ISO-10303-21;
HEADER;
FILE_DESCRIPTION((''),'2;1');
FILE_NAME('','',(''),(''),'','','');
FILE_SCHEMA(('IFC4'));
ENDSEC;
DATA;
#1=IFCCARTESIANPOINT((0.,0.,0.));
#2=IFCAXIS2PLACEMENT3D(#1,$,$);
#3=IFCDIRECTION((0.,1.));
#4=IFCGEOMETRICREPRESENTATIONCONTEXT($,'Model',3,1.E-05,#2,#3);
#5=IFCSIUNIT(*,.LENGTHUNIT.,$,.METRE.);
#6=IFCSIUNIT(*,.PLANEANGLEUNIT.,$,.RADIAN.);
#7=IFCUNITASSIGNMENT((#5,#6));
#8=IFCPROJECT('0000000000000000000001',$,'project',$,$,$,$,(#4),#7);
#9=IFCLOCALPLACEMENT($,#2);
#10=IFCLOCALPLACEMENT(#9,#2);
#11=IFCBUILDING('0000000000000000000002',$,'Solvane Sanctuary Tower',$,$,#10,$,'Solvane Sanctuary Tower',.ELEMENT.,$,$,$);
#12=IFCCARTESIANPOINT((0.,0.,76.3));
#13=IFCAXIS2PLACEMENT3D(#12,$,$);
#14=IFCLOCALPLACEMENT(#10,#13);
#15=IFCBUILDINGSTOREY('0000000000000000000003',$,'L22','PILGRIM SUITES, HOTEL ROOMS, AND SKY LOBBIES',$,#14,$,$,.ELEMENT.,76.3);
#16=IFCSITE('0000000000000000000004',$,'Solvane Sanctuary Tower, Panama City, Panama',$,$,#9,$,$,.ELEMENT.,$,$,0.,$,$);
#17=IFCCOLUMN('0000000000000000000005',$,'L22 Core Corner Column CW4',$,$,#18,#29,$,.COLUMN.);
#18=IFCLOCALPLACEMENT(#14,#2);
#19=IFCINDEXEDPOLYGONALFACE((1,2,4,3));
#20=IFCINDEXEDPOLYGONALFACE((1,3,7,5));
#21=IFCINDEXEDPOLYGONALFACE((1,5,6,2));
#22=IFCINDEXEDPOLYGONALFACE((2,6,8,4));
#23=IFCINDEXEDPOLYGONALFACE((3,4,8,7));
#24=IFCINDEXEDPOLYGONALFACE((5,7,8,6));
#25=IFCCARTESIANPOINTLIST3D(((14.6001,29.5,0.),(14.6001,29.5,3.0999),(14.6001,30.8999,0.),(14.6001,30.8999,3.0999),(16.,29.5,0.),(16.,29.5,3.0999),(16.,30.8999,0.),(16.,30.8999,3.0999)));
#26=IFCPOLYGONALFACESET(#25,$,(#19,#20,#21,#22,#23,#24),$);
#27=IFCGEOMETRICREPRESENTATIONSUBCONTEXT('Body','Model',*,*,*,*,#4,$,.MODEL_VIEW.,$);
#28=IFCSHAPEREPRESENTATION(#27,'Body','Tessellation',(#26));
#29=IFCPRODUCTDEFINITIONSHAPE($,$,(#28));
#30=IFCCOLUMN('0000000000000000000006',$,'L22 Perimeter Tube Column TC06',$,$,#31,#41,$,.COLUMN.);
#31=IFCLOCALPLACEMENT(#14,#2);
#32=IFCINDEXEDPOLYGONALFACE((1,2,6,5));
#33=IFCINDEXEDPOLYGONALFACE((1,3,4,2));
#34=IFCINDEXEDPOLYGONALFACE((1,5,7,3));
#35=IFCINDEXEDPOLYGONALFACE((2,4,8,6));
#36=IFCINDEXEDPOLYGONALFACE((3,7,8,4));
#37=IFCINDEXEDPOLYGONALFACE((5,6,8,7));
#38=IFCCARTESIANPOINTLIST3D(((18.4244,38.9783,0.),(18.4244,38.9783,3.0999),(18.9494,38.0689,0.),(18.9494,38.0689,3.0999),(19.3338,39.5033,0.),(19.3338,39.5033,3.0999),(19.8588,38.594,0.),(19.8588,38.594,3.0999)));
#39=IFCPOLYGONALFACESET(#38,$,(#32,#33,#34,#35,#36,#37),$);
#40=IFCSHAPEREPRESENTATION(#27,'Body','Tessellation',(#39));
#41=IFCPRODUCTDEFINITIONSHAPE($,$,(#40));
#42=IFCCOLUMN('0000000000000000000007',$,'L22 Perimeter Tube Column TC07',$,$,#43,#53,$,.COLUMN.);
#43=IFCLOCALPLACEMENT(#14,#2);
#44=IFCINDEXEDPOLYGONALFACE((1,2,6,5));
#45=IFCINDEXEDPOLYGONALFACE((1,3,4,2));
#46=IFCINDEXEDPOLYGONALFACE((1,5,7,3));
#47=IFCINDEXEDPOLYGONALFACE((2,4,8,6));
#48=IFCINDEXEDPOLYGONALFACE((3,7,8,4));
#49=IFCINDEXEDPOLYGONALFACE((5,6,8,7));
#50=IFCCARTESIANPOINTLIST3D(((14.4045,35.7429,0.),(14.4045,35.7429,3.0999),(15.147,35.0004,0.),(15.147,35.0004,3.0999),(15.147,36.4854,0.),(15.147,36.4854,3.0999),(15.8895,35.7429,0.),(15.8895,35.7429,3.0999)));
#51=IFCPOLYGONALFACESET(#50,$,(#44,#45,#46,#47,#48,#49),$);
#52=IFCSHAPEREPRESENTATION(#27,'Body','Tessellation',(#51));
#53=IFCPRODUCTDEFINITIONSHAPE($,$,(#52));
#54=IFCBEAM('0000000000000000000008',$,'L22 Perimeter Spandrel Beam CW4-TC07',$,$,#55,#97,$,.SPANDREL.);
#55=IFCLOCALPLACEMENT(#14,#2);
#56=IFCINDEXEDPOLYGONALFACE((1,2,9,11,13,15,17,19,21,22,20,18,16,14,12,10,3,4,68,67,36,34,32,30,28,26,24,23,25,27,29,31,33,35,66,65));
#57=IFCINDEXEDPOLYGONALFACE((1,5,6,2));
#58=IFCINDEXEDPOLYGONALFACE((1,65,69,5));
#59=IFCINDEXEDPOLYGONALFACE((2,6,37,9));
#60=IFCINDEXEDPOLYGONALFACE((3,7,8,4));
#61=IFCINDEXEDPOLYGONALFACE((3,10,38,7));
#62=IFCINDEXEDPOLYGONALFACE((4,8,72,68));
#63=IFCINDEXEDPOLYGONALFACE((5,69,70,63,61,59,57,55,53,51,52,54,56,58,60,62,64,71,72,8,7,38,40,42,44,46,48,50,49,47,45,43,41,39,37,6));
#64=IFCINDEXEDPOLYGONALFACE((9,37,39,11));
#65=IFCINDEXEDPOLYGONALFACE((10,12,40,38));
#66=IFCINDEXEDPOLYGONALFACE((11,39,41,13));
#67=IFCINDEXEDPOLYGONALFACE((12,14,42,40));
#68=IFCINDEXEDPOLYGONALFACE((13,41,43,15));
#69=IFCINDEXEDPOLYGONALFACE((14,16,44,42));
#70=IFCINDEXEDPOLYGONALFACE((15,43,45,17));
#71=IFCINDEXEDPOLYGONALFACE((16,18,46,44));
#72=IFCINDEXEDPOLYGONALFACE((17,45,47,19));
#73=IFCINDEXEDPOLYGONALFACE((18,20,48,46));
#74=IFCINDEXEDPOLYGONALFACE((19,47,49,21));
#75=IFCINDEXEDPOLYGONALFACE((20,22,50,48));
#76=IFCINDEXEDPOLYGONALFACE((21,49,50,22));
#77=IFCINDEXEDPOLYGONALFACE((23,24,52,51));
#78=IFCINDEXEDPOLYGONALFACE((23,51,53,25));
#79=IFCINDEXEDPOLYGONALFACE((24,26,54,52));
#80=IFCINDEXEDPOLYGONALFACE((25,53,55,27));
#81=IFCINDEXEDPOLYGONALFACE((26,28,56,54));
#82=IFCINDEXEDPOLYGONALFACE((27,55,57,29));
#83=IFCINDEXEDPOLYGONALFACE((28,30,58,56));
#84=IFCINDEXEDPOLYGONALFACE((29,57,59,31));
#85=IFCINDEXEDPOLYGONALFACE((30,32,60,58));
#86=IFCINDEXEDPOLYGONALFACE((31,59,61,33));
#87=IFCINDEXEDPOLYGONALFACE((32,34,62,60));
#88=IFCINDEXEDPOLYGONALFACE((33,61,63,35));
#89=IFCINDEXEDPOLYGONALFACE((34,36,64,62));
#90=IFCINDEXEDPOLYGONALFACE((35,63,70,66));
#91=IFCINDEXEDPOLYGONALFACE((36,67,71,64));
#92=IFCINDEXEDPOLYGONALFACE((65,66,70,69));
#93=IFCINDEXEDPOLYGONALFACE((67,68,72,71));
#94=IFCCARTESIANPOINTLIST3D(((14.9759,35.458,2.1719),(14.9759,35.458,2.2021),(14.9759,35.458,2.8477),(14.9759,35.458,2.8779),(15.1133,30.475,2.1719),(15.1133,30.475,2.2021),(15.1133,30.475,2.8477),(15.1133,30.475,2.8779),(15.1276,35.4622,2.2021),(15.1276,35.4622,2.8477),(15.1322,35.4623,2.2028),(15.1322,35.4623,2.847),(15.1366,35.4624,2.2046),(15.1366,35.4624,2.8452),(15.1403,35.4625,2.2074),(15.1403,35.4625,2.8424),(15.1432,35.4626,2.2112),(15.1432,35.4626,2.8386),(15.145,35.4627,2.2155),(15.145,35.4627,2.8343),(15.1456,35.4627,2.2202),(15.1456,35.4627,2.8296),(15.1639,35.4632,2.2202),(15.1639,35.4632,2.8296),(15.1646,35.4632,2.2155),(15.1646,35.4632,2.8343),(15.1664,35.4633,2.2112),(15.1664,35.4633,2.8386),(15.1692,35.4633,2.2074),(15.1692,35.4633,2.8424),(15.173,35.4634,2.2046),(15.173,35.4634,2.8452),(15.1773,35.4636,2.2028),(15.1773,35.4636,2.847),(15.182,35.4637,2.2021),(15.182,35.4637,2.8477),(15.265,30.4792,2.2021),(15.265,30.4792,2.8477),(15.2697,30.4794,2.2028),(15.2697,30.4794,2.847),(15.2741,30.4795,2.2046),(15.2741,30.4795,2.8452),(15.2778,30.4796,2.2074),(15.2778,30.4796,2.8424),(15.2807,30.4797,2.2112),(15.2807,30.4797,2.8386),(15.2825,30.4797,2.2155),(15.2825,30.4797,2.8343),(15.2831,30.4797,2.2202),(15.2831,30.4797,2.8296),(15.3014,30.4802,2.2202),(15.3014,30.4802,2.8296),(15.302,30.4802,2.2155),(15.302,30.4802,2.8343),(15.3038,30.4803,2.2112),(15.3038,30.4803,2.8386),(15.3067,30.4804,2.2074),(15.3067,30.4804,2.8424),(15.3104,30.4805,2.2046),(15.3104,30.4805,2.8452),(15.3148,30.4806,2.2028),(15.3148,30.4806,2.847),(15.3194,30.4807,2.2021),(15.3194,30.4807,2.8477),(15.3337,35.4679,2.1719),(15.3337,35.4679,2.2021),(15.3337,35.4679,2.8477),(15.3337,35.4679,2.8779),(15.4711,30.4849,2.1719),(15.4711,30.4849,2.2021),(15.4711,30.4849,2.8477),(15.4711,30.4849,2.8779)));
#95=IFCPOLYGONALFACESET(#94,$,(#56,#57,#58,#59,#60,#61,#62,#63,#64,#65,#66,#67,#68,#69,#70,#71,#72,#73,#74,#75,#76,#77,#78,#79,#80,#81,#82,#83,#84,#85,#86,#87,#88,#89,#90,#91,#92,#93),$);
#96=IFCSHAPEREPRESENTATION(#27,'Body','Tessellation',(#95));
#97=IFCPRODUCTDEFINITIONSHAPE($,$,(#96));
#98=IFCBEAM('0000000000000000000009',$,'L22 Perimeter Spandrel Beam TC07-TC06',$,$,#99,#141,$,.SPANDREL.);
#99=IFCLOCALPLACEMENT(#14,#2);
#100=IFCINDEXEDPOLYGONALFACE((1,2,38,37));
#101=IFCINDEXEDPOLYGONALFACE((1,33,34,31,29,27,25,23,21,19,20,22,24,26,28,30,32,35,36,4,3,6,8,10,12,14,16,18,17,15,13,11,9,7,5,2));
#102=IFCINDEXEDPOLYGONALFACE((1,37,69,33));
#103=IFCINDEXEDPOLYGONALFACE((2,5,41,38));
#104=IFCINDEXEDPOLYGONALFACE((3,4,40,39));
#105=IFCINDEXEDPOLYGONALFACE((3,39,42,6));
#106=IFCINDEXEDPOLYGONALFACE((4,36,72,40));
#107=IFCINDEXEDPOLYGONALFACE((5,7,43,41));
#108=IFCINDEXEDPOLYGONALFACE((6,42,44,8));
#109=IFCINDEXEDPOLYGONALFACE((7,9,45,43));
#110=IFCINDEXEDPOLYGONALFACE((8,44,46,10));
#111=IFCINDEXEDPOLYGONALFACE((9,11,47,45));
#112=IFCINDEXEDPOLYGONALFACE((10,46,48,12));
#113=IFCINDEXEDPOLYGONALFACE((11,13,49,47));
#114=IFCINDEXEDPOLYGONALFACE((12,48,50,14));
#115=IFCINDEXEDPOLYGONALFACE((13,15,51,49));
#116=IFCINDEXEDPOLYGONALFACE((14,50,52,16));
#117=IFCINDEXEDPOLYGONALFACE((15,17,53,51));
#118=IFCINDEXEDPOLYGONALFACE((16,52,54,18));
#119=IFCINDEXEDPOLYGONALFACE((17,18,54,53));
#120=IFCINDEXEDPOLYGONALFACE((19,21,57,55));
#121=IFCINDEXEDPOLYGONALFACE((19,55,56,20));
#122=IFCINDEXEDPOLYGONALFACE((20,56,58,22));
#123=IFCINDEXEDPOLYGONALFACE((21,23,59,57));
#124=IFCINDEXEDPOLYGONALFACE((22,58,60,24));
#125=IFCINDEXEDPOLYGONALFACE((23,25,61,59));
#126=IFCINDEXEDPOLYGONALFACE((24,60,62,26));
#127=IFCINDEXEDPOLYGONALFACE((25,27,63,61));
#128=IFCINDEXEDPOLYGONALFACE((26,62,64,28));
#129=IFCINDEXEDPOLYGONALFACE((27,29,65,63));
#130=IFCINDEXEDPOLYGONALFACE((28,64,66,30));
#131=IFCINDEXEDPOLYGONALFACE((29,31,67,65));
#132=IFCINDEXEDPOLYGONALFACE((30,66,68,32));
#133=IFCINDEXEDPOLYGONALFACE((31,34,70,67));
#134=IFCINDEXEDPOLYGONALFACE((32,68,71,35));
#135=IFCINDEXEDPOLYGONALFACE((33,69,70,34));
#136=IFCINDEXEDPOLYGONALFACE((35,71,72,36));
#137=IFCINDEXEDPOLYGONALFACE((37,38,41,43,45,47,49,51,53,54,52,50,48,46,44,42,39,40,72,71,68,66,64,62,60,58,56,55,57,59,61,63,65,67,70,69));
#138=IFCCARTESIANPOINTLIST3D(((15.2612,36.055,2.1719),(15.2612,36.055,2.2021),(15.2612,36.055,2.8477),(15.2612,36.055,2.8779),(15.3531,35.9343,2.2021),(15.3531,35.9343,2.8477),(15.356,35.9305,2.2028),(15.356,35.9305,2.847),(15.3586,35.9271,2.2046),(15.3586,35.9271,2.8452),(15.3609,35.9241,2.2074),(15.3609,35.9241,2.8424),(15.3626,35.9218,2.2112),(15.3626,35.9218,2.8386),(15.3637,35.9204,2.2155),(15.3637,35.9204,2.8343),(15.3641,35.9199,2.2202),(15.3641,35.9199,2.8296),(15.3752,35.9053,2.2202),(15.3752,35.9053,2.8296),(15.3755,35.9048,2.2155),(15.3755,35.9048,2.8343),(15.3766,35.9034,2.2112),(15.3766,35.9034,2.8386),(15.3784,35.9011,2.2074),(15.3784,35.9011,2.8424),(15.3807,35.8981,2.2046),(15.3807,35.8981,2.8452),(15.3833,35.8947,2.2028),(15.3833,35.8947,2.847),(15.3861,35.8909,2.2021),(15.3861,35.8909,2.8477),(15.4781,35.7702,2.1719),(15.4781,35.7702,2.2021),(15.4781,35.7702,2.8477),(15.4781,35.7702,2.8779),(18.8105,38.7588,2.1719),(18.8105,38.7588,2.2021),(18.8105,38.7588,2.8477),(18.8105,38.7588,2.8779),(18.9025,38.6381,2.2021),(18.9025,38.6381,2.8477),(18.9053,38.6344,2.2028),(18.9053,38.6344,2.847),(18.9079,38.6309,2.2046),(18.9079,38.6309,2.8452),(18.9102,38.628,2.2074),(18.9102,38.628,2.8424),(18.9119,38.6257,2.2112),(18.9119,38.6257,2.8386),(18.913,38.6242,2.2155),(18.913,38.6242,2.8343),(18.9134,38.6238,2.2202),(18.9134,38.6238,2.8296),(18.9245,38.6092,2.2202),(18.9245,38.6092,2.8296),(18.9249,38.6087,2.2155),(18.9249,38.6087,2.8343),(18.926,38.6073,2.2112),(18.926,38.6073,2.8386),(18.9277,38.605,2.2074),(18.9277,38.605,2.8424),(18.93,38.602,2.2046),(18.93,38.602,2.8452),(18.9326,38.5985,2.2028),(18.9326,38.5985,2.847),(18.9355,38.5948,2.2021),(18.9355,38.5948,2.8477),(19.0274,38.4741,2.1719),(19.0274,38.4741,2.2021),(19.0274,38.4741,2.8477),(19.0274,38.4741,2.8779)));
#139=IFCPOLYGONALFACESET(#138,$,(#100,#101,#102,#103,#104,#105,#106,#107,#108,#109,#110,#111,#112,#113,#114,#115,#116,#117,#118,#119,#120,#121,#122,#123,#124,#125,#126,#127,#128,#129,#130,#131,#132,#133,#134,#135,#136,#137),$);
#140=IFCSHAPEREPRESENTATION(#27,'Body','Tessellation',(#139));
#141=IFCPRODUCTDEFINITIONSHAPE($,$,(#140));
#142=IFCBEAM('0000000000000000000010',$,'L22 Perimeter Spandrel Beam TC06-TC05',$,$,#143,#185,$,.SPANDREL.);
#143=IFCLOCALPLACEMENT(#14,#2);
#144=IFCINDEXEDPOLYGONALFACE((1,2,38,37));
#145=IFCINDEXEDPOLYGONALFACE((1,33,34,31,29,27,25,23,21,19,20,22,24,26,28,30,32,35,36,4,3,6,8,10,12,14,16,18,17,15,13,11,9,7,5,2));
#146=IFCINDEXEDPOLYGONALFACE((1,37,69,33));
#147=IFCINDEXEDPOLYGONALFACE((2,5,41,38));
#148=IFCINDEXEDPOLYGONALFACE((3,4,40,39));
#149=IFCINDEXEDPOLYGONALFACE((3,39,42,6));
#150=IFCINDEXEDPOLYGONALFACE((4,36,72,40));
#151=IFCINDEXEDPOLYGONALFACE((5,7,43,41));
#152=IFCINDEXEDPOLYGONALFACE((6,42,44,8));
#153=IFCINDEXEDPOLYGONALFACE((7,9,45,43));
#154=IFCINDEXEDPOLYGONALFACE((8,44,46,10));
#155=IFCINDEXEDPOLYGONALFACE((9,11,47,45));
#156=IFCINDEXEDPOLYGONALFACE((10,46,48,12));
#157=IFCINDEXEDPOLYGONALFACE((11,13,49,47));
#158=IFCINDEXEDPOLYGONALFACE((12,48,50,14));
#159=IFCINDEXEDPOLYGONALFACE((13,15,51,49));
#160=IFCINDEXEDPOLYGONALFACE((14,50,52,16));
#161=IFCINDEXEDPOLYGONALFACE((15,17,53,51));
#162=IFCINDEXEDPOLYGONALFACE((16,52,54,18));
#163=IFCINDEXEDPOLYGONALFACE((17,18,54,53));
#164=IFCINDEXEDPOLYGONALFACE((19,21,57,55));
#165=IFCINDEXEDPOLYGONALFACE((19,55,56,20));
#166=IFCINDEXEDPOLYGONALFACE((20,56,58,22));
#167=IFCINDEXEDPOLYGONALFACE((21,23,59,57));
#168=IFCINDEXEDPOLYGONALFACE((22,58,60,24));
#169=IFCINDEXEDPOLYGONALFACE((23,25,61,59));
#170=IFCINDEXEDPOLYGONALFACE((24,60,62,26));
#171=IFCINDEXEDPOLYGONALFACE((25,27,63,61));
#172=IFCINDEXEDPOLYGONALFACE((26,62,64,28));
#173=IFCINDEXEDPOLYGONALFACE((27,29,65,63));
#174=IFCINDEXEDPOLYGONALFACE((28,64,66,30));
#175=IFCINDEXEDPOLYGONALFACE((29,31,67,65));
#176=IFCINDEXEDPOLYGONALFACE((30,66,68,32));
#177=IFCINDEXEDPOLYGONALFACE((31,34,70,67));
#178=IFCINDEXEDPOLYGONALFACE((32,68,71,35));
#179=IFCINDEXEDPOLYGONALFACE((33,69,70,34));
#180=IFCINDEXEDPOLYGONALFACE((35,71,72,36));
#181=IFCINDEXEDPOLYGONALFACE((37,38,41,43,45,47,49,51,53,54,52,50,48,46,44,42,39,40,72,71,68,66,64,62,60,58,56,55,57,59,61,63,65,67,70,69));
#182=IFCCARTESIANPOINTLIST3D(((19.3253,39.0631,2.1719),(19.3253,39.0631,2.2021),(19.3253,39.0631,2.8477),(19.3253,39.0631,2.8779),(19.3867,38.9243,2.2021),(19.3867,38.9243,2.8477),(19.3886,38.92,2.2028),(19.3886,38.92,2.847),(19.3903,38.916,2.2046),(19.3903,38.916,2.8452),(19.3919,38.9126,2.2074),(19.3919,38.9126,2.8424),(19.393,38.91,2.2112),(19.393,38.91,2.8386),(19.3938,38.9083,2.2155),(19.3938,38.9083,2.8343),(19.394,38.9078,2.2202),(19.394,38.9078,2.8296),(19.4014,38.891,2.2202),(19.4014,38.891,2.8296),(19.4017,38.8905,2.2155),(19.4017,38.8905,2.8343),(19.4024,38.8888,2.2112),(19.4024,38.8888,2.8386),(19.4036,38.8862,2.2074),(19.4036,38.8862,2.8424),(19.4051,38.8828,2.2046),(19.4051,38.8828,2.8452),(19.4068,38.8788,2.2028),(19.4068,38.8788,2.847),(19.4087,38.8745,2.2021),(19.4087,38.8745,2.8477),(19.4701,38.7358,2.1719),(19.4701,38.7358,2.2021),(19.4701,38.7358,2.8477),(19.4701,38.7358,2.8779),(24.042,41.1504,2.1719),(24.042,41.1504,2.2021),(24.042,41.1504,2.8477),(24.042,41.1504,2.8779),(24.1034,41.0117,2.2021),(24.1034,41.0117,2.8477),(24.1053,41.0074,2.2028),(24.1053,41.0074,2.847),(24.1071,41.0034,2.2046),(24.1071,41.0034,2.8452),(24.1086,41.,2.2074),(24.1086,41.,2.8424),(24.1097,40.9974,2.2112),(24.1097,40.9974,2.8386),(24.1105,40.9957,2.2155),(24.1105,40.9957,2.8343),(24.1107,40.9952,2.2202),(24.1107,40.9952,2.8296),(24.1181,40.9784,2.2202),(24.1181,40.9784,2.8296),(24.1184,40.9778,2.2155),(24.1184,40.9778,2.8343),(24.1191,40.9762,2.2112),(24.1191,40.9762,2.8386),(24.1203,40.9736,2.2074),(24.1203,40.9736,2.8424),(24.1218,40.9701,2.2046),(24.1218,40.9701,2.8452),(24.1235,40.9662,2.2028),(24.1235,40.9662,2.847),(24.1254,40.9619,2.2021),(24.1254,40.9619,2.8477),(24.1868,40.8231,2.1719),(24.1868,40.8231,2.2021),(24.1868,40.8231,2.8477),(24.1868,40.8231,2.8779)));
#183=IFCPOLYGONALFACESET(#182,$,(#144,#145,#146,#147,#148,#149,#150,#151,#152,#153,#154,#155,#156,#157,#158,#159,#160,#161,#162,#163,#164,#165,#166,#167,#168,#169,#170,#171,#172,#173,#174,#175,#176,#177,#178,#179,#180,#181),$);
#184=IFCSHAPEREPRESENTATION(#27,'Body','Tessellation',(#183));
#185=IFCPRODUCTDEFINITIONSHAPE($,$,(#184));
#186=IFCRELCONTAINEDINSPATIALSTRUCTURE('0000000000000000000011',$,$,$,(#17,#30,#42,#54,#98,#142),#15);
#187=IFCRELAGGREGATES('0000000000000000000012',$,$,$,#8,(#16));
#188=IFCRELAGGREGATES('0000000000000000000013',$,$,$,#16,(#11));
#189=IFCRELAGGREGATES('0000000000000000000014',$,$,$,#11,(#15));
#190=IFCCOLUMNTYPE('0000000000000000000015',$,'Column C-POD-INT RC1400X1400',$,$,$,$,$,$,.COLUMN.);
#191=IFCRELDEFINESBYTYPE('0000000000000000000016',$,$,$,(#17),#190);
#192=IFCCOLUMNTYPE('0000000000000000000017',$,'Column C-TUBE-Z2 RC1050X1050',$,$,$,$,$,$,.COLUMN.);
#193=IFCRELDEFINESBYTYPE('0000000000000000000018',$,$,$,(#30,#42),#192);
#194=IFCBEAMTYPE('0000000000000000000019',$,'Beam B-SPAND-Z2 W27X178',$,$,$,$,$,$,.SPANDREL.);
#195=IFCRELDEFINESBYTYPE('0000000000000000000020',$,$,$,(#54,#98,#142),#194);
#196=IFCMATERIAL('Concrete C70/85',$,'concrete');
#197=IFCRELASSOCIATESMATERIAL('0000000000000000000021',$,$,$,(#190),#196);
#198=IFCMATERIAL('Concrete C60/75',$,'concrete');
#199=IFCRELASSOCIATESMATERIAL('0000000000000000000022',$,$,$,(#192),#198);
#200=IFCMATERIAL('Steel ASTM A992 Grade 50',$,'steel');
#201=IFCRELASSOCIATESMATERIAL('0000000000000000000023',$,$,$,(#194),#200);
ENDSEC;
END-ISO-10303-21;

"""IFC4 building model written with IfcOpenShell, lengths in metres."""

from ifc_helpers import new_model, si_unit, direction, frame, origin, origin_2d, place, context, subcontext, project, spatial, rectangle, i_section, extrude, material, material_profile, profile_set, type_object, element, save


model = new_model("IFC4")

# Units and contexts
model_context = context("Model", 3, precision=1e-05, world=origin(), true_north=direction((0.0, 1.0)))
body_context = subcontext(model_context, "Body", "Model", "MODEL_VIEW")
ifc_project = project(units=[si_unit("LENGTHUNIT", "METRE"), si_unit("PLANEANGLEUNIT", "RADIAN")], contexts=[model_context])

# Site, building, storey
site_placement = place(None, origin())
site = spatial("IfcSite", under=ifc_project, at=site_placement, Name="Solvane Sanctuary Tower, Panama City, Panama", CompositionType="ELEMENT", RefElevation=0.0)
building_placement = place(site_placement, origin())
building = spatial("IfcBuilding", under=site, at=building_placement, Name="Solvane Sanctuary Tower", LongName="Solvane Sanctuary Tower", CompositionType="ELEMENT")
storey_placement = place(building_placement, frame((0.0, 0.0, 76.3)))
storey = spatial("IfcBuildingStorey", under=building, at=storey_placement, Name="L22", Description="PILGRIM SUITES, HOTEL ROOMS, AND SKY LOBBIES", CompositionType="ELEMENT", Elevation=76.3)

# Columns
ifc_material_1 = material(Name="Concrete C70/85", Category="concrete")
ifc_material_profile_1 = material_profile(ifc_material_1, rectangle(XDim=1.3999, YDim=1.3999, at=origin_2d()), Name="RC1400X1400")
ifc_profile_set_1 = profile_set([ifc_material_profile_1], Name="Concrete C70/85")
column_type_1 = type_object("IfcColumnType", Name="Column C-POD-INT RC1400X1400", PredefinedType="COLUMN", material=ifc_profile_set_1)
column_placement = place(storey_placement, frame((15.3, 30.2, 0.0), z_axis=(0.0, 0.0, 1.0), x_axis=(1.0, 0.0, 0.0)))
element("IfcColumn", 1, at=column_placement, inside=storey, type_object=column_type_1, Name="L22 Core Corner Column CW4", PredefinedType="COLUMN", context=body_context, shape_type="SweptSolid", body=[
    extrude(rectangle(XDim=1.3999, YDim=1.3999, at=origin_2d()), origin(), (0.0, 0.0, 1.0), 3.0999),
])
ifc_material_2 = material(Name="Concrete C60/75", Category="concrete")
ifc_material_profile_2 = material_profile(ifc_material_2, rectangle(XDim=1.05, YDim=1.05, at=origin_2d()), Name="RC1050X1050")
ifc_profile_set_2 = profile_set([ifc_material_profile_2], Name="Concrete C60/75")
column_type_2 = type_object("IfcColumnType", Name="Column C-TUBE-Z2 RC1050X1050", PredefinedType="COLUMN", material=ifc_profile_set_2)
for number, where, z_axis, x_axis, name in (
    (2, (19.1416, 38.7861, 0.0), (0.0, 0.0, 1.0), (-0.5, 0.866025, 0.0), "L22 Perimeter Tube Column TC06"),
    (3, (15.147, 35.7429, 0.0), (0.0, 0.0, 1.0), (-0.707107, 0.707107, 0.0), "L22 Perimeter Tube Column TC07"),
):
    element("IfcColumn", number, at=place(storey_placement, frame(where, z_axis=z_axis, x_axis=x_axis)), inside=storey, type_object=column_type_2, Name=name, PredefinedType="COLUMN", context=body_context, shape_type="SweptSolid", body=[
        extrude(rectangle(XDim=1.05, YDim=1.05, at=origin_2d()), origin(), (0.0, 0.0, 1.0), 3.0999),
    ])

# Beams
ifc_material_3 = material(Name="Steel ASTM A992 Grade 50", Category="steel")
ifc_material_profile_3 = material_profile(ifc_material_3, i_section(OverallWidth=0.3579, OverallDepth=0.7061, WebThickness=0.0183, FlangeThickness=0.0303, FilletRadius=0.0181, at=origin_2d()), Name="W27X178")
ifc_profile_set_3 = profile_set([ifc_material_profile_3], Name="Steel ASTM A992 Grade 50")
beam_type = type_object("IfcBeamType", Name="Beam B-SPAND-Z2 W27X178", PredefinedType="SPANDREL", material=ifc_profile_set_3)
beam_1_placement = place(storey_placement, frame((15.2922, 30.48, 2.5249), z_axis=(-0.027574, 0.99962, 0.0), x_axis=(-0.99962, -0.027574, 0.0)))
element("IfcBeam", 4, at=beam_1_placement, inside=storey, type_object=beam_type, Name="L22 Perimeter Spandrel Beam CW4-TC07", PredefinedType="SPANDREL", context=body_context, shape_type="SweptSolid", body=[
    extrude(i_section(OverallWidth=0.3579, OverallDepth=0.7061, WebThickness=0.0183, FlangeThickness=0.0303, FilletRadius=0.0181, at=origin_2d()), origin(), (0.0, 0.0, 1.0), 4.9849),
])
beam_2_placement = place(storey_placement, frame((15.3696, 35.9126, 2.5249), z_axis=(0.795473, 0.605989, 0.0), x_axis=(-0.605989, 0.795473, 0.0)))
element("IfcBeam", 5, at=beam_2_placement, inside=storey, type_object=beam_type, Name="L22 Perimeter Spandrel Beam TC07-TC06", PredefinedType="SPANDREL", context=body_context, shape_type="SweptSolid", body=[
    extrude(i_section(OverallWidth=0.3579, OverallDepth=0.7061, WebThickness=0.0183, FlangeThickness=0.0303, FilletRadius=0.0181, at=origin_2d()), origin(), (0.0, 0.0, 1.0), 4.4619),
])
beam_3_placement = place(storey_placement, frame((19.3977, 38.8994, 2.5249), z_axis=(0.914455, 0.404689, 0.0), x_axis=(-0.404689, 0.914455, 0.0)))
element("IfcBeam", 6, at=beam_3_placement, inside=storey, type_object=beam_type, Name="L22 Perimeter Spandrel Beam TC06-TC05", PredefinedType="SPANDREL", context=body_context, shape_type="SweptSolid", body=[
    extrude(i_section(OverallWidth=0.3579, OverallDepth=0.7061, WebThickness=0.0183, FlangeThickness=0.0303, FilletRadius=0.0181, at=origin_2d()), origin(), (0.0, 0.0, 1.0), 5.158),
])

save(model, "model.ifc")
